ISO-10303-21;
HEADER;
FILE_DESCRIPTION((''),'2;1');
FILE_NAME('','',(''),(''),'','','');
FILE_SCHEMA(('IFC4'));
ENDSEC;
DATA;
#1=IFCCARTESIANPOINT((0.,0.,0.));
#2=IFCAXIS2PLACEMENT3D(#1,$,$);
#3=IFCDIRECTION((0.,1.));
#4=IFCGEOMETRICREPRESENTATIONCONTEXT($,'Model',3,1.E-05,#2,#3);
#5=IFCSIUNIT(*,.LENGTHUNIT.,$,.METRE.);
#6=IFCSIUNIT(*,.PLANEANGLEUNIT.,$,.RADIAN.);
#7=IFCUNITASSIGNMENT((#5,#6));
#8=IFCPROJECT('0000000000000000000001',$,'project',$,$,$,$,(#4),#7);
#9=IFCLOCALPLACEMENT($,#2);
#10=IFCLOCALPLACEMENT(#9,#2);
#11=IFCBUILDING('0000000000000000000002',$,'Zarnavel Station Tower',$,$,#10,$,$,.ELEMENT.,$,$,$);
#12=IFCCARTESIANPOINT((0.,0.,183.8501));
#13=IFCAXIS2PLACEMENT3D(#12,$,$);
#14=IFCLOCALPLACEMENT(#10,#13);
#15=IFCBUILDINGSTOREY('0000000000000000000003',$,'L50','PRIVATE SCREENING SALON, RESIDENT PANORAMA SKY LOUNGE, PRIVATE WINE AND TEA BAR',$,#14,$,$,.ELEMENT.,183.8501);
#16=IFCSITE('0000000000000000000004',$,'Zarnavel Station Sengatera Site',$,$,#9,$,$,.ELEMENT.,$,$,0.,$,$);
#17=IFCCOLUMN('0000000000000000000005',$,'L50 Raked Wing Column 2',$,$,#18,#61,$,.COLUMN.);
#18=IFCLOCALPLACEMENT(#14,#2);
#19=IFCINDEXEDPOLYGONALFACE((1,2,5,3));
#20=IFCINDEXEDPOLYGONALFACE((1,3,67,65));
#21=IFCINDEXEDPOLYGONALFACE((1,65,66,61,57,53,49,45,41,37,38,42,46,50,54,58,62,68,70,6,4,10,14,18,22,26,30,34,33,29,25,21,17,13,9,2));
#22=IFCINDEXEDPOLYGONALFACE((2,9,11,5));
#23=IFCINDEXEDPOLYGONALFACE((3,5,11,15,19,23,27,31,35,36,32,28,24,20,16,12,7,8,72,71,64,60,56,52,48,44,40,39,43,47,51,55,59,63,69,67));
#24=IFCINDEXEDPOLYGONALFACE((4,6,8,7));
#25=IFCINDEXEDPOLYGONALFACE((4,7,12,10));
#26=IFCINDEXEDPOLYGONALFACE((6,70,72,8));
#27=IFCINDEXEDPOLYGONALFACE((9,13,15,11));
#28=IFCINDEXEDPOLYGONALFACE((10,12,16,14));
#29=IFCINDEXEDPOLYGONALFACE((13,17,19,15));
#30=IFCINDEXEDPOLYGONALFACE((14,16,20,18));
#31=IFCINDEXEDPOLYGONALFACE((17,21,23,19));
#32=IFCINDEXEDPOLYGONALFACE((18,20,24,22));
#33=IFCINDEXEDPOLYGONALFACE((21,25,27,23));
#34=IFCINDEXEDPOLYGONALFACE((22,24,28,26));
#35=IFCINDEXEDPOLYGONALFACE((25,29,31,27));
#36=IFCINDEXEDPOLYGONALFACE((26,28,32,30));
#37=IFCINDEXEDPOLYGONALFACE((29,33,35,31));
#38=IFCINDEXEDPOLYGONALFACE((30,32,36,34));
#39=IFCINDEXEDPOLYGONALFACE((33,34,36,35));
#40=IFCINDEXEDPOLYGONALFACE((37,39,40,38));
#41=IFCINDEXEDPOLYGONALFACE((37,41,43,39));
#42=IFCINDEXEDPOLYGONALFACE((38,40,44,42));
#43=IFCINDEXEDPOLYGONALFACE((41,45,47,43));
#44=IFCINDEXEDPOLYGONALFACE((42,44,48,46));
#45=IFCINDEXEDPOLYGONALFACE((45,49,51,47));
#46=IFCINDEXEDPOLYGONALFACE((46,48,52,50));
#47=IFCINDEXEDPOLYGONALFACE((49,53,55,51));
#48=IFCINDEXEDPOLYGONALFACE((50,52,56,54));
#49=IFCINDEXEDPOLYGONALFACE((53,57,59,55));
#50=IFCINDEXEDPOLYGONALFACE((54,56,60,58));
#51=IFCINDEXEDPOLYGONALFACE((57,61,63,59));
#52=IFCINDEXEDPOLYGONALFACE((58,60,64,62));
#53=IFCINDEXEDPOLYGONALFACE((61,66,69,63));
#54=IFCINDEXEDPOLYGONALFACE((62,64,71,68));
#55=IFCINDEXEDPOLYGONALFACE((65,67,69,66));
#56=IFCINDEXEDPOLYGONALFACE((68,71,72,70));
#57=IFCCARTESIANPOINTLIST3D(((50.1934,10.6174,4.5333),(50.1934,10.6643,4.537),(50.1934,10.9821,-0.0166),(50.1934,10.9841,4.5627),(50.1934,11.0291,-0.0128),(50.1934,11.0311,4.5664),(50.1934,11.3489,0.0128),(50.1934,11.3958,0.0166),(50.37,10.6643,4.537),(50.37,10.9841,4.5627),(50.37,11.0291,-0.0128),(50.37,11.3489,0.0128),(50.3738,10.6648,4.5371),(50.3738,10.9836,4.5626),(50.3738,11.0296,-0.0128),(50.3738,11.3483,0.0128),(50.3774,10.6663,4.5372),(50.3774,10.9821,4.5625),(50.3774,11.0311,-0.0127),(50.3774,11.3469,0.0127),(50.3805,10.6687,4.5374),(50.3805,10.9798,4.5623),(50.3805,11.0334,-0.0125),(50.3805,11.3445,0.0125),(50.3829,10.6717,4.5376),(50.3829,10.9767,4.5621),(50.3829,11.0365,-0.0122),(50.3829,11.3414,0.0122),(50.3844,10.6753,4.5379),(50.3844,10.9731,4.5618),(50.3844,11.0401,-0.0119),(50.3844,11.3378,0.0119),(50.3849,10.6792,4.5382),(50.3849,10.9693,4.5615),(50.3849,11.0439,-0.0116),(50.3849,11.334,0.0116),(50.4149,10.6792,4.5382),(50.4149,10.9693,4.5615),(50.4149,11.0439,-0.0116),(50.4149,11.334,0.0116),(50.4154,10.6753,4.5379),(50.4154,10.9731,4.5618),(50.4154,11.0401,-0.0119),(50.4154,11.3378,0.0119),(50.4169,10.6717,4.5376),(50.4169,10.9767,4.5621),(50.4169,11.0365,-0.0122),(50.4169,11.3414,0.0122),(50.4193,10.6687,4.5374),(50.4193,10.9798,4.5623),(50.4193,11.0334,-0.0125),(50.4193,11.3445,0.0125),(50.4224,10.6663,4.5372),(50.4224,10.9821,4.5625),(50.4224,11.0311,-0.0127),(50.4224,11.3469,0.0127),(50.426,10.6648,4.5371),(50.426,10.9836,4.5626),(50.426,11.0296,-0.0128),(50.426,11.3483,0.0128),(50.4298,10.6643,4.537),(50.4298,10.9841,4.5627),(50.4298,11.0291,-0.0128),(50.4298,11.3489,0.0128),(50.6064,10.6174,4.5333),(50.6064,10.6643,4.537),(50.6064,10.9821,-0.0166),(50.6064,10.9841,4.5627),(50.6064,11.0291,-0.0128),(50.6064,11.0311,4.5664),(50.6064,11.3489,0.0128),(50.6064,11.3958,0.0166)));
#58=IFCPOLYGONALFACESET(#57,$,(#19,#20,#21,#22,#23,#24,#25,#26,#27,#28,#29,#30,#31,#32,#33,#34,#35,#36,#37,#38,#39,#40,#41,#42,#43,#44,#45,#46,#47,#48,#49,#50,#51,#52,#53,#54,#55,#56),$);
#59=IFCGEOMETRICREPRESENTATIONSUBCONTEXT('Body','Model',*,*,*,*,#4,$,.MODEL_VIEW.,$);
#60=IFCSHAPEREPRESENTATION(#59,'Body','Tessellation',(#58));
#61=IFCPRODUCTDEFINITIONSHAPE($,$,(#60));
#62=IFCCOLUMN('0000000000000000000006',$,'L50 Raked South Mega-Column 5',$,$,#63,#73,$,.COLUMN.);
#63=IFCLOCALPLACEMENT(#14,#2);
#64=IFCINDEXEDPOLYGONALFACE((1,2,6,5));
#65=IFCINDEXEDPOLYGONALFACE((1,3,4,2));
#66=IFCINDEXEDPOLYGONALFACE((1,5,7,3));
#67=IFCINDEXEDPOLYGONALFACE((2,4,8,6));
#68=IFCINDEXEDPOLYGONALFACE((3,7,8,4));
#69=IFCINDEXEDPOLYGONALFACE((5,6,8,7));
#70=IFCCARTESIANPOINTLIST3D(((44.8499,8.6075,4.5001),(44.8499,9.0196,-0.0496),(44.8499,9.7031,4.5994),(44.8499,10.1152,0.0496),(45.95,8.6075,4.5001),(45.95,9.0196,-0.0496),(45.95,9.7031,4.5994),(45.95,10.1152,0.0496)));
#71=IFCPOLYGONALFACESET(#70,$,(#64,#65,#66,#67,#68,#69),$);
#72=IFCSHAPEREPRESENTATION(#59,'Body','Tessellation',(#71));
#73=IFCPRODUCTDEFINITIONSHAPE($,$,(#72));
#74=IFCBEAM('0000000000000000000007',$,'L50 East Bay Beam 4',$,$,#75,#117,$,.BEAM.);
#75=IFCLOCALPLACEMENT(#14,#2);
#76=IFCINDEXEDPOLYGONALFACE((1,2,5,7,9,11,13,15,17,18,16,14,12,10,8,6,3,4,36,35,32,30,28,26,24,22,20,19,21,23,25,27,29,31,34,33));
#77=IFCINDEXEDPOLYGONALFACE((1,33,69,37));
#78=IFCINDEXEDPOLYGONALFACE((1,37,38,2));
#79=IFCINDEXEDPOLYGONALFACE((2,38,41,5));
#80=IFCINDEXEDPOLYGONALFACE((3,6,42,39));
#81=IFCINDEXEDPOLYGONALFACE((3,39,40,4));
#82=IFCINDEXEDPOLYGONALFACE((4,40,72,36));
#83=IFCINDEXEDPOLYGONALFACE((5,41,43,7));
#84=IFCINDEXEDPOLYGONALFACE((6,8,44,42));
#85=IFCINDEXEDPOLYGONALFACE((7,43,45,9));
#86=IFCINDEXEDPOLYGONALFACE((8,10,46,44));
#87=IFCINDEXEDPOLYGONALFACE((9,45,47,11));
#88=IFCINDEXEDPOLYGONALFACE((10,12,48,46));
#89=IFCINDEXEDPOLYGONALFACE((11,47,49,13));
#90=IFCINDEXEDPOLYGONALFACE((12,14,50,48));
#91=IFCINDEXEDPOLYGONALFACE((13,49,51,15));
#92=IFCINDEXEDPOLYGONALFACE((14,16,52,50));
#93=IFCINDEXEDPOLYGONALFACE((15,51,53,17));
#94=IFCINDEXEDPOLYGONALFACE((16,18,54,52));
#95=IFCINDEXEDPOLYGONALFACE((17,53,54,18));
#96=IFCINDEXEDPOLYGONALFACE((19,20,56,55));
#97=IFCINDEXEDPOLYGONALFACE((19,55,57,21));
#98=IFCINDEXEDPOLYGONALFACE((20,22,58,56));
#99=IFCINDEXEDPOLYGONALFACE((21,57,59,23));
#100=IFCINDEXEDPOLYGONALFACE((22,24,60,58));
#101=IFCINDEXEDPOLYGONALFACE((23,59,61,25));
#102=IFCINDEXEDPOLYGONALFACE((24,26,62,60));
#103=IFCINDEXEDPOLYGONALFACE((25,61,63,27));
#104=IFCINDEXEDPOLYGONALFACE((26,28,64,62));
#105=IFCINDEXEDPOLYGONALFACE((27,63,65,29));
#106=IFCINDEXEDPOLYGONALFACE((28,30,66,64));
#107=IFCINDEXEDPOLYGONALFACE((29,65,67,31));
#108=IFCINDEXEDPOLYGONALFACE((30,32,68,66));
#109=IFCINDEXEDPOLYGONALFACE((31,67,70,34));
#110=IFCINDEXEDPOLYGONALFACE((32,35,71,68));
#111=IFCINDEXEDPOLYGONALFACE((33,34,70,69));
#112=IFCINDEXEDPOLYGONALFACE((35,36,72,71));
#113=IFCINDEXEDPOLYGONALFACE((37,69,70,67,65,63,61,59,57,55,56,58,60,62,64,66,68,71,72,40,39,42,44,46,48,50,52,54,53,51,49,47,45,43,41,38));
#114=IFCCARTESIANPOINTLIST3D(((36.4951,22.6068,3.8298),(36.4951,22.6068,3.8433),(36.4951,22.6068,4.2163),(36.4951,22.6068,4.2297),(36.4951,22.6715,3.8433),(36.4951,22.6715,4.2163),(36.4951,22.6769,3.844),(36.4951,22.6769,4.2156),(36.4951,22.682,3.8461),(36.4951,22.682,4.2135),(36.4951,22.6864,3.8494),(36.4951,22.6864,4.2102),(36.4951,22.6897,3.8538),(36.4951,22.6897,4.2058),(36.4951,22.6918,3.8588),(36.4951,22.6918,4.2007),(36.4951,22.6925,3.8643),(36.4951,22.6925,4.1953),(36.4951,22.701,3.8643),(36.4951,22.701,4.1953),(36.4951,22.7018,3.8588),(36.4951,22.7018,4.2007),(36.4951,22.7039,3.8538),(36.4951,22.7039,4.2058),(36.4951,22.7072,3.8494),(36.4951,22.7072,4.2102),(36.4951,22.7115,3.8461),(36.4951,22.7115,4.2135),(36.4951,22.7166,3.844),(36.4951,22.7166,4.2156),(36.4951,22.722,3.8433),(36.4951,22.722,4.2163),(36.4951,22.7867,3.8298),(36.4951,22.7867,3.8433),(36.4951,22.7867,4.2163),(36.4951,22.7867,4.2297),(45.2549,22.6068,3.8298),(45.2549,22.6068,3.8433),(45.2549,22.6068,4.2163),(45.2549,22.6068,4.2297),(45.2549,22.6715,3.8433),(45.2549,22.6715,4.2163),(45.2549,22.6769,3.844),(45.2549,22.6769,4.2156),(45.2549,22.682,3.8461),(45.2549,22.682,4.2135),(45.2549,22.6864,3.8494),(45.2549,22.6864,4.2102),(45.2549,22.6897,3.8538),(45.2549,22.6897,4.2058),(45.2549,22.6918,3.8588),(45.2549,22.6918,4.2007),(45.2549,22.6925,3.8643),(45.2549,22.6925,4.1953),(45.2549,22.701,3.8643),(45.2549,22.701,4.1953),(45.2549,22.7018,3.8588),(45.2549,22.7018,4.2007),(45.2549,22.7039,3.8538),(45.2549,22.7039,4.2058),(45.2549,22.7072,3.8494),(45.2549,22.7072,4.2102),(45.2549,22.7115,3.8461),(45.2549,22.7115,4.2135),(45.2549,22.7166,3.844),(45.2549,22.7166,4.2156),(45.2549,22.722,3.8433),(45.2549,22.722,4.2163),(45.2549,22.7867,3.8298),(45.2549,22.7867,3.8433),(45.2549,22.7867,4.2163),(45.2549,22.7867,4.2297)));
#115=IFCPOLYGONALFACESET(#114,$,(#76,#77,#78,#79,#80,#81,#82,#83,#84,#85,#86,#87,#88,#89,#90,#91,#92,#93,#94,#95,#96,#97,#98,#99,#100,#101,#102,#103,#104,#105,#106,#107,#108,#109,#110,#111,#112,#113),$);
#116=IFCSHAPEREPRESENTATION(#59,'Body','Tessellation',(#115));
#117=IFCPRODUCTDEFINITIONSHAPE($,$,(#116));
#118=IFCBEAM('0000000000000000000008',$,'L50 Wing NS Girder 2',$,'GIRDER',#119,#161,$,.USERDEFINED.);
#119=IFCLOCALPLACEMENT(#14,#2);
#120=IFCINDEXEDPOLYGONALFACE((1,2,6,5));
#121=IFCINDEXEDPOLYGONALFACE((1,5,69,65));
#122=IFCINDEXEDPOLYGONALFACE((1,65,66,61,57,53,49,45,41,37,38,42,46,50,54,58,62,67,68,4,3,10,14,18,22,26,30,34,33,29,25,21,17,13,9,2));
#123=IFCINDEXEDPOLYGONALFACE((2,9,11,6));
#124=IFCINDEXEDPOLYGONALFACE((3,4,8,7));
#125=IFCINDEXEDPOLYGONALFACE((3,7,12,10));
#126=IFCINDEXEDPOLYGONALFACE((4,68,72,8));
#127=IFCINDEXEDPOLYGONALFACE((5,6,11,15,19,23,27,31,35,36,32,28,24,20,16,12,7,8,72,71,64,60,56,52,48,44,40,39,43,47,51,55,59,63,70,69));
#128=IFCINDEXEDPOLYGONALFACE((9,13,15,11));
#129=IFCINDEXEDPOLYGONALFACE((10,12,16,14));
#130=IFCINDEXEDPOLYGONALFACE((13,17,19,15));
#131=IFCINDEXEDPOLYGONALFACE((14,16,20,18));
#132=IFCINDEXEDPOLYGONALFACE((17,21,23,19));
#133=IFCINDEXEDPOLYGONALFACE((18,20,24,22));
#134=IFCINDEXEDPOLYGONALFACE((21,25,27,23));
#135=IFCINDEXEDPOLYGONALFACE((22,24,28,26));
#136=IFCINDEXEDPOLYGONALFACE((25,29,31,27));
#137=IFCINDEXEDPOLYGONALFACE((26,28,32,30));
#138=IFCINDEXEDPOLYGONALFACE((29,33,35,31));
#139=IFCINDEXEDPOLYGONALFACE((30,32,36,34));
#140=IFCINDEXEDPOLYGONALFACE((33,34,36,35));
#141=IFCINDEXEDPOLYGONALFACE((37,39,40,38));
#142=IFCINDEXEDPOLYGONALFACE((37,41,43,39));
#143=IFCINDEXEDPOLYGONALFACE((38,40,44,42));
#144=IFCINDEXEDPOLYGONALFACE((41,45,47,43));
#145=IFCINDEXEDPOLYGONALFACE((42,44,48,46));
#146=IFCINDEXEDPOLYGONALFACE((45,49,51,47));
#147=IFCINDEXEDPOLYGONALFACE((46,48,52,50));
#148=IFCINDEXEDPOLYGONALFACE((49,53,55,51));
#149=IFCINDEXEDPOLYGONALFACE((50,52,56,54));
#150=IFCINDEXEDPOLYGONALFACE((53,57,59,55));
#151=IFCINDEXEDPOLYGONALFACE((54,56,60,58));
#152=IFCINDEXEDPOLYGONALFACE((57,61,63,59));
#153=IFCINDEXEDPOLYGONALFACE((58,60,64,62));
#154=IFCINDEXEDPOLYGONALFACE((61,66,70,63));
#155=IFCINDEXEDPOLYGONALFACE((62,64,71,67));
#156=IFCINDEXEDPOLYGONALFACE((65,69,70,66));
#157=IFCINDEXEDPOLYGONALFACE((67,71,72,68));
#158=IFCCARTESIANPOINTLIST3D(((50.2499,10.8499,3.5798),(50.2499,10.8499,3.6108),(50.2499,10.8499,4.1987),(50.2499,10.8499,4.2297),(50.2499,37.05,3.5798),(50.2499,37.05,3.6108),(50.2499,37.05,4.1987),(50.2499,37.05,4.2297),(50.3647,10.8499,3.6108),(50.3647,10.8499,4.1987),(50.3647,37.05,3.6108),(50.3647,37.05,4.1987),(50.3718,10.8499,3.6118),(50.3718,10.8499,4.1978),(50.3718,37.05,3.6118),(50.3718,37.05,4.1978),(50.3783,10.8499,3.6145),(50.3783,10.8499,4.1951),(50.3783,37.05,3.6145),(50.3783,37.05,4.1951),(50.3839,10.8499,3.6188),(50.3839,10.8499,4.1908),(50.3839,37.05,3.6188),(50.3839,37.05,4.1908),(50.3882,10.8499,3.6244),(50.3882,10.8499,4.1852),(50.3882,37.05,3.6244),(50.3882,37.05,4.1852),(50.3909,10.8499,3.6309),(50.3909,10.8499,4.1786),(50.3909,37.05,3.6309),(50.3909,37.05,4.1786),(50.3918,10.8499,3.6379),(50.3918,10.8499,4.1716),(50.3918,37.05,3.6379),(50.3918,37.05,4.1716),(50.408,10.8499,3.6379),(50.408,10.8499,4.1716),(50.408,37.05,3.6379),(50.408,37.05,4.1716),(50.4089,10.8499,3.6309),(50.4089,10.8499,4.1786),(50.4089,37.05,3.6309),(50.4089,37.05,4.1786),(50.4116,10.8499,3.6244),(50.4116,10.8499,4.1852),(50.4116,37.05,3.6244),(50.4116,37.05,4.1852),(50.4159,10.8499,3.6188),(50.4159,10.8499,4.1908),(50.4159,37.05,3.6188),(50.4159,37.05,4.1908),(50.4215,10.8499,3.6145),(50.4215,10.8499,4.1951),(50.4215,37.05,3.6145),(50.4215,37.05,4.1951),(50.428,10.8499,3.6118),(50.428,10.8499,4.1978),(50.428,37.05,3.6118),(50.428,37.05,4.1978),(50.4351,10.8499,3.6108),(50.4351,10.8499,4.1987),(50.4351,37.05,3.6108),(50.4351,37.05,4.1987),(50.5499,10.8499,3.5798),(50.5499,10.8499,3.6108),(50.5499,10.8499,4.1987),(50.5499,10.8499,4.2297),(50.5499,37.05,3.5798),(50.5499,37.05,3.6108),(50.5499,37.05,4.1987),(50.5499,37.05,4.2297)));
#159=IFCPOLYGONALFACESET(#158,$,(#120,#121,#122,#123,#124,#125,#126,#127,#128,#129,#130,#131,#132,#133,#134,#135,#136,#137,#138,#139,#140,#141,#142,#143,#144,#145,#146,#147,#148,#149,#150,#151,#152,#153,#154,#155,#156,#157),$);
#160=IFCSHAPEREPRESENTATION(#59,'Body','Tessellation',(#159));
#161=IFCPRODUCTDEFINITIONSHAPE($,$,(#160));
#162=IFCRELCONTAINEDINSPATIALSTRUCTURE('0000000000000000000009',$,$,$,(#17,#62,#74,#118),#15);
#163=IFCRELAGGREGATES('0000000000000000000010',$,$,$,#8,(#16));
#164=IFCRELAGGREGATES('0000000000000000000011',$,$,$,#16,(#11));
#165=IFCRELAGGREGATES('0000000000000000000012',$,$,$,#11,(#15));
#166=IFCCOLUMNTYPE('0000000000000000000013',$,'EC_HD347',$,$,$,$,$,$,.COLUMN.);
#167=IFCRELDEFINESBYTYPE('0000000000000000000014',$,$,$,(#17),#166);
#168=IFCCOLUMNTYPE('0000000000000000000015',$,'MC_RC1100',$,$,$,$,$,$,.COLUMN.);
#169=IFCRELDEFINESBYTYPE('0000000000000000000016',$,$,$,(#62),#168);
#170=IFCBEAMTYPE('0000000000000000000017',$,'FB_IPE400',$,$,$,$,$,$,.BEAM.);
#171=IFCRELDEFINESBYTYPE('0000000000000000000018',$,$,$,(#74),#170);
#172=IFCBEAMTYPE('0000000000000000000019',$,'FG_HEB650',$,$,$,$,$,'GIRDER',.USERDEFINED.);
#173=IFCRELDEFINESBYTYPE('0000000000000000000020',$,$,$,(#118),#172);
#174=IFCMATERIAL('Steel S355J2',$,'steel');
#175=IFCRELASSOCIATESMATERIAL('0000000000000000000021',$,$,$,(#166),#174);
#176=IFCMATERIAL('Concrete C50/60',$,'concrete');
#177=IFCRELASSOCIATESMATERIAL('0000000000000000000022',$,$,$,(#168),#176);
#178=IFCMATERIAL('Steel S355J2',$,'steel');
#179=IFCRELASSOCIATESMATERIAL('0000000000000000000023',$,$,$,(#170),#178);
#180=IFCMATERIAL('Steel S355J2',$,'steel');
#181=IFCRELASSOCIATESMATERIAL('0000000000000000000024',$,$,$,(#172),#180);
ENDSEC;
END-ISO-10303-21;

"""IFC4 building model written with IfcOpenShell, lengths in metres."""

from ifc_helpers import new_model, si_unit, direction, frame, origin, origin_2d, place, context, subcontext, project, spatial, rectangle, i_section, extrude, material, material_profile, profile_set, type_object, element, save


model = new_model("IFC4")

# Units and contexts
model_context = context("Model", 3, precision=1e-05, world=origin(), true_north=direction((0.0, 1.0)))
body_context = subcontext(model_context, "Body", "Model", "MODEL_VIEW")
ifc_project = project(units=[si_unit("LENGTHUNIT", "METRE"), si_unit("PLANEANGLEUNIT", "RADIAN")], contexts=[model_context])

# Site, building, storey
site_placement = place(None, origin())
site = spatial("IfcSite", under=ifc_project, at=site_placement, Name="Zarnavel Station Sengatera Site", CompositionType="ELEMENT", RefElevation=0.0)
building_placement = place(site_placement, origin())
building = spatial("IfcBuilding", under=site, at=building_placement, Name="Zarnavel Station Tower", CompositionType="ELEMENT")
storey_placement = place(building_placement, frame((0.0, 0.0, 183.8501)))
storey = spatial("IfcBuildingStorey", under=building, at=storey_placement, Name="L50", Description="PRIVATE SCREENING SALON, RESIDENT PANORAMA SKY LOUNGE, PRIVATE WINE AND TEA BAR", CompositionType="ELEMENT", Elevation=183.8501)

# Columns
ifc_material_1 = material(Name="Steel S355J2", Category="steel")
ifc_material_profile_1 = material_profile(ifc_material_1, i_section(OverallWidth=0.4131, OverallDepth=0.415, WebThickness=0.03, FlangeThickness=0.0471, FilletRadius=0.0149, at=origin_2d()), Name="HD400x347")
ifc_profile_set_1 = profile_set([ifc_material_profile_1], Name="Steel S355J2")
column_type_1 = type_object("IfcColumnType", Name="EC_HD347", PredefinedType="COLUMN", material=ifc_profile_set_1)
column_1_placement = place(storey_placement, frame((50.3999, 11.189, 0.0), z_axis=(0.0, -0.079911, 0.996802), x_axis=(1.0, 0.0, 0.0)))
element("IfcColumn", 1, at=column_1_placement, inside=storey, type_object=column_type_1, Name="L50 Raked Wing Column 2", PredefinedType="COLUMN", context=body_context, shape_type="SweptSolid", body=[
    extrude(i_section(OverallWidth=0.4131, OverallDepth=0.415, WebThickness=0.03, FlangeThickness=0.0471, FilletRadius=0.0149, at=origin_2d()), origin(), (0.0, 0.0, 1.0), 4.5645),
])
ifc_material_2 = material(Name="Concrete C50/60", Category="concrete")
ifc_material_profile_2 = material_profile(ifc_material_2, rectangle(XDim=1.1001, YDim=1.1001, at=origin_2d()), Name="RC1100x1100")
ifc_profile_set_2 = profile_set([ifc_material_profile_2], Name="Concrete C50/60")
column_type_2 = type_object("IfcColumnType", Name="MC_RC1100", PredefinedType="COLUMN", material=ifc_profile_set_2)
column_2_placement = place(storey_placement, frame((45.3999, 9.5674, 0.0), z_axis=(0.0, -0.090208, 0.995923), x_axis=(1.0, 0.0, 0.0)))
element("IfcColumn", 2, at=column_2_placement, inside=storey, type_object=column_type_2, Name="L50 Raked South Mega-Column 5", PredefinedType="COLUMN", context=body_context, shape_type="SweptSolid", body=[
    extrude(rectangle(XDim=1.1001, YDim=1.1001, at=origin_2d()), origin(), (0.0, 0.0, 1.0), 4.5684),
])

# Beams
ifc_material_3 = material(Name="Steel S355J2", Category="steel")
ifc_material_profile_3 = material_profile(ifc_material_3, i_section(OverallWidth=0.1799, OverallDepth=0.3999, WebThickness=0.0085, FlangeThickness=0.0134, FilletRadius=0.021, at=origin_2d()), Name="IPE400")
ifc_profile_set_3 = profile_set([ifc_material_profile_3], Name="Steel S355J2")
beam_type_1 = type_object("IfcBeamType", Name="FB_IPE400", PredefinedType="BEAM", material=ifc_profile_set_3)
beam_1_placement = place(storey_placement, frame((36.4951, 22.6968, 4.0298), z_axis=(1.0, 0.0, 0.0), x_axis=(0.0, 1.0, 0.0)))
element("IfcBeam", 3, at=beam_1_placement, inside=storey, type_object=beam_type_1, Name="L50 East Bay Beam 4", PredefinedType="BEAM", context=body_context, shape_type="SweptSolid", body=[
    extrude(i_section(OverallWidth=0.1799, OverallDepth=0.3999, WebThickness=0.0085, FlangeThickness=0.0134, FilletRadius=0.021, at=origin_2d()), origin(), (0.0, 0.0, 1.0), 8.7598),
])
ifc_material_4 = material(Name="Steel S355J2", Category="steel")
ifc_material_profile_4 = material_profile(ifc_material_4, i_section(OverallWidth=0.3, OverallDepth=0.6499, WebThickness=0.0161, FlangeThickness=0.031, FilletRadius=0.0271, at=origin_2d()), Name="HEB650")
ifc_profile_set_4 = profile_set([ifc_material_profile_4], Name="Steel S355J2")
beam_type_2 = type_object("IfcBeamType", Name="FG_HEB650", ElementType="GIRDER", PredefinedType="USERDEFINED", material=ifc_profile_set_4)
beam_2_placement = place(storey_placement, frame((50.3999, 10.8499, 3.9048), z_axis=(0.0, 1.0, 0.0), x_axis=(-1.0, 0.0, 0.0)))
element("IfcBeam", 4, at=beam_2_placement, inside=storey, type_object=beam_type_2, Name="L50 Wing NS Girder 2", ObjectType="GIRDER", PredefinedType="USERDEFINED", context=body_context, shape_type="SweptSolid", body=[
    extrude(i_section(OverallWidth=0.3, OverallDepth=0.6499, WebThickness=0.0161, FlangeThickness=0.031, FilletRadius=0.0271, at=origin_2d()), origin(), (0.0, 0.0, 1.0), 26.2002),
])

save(model, "model.ifc")
